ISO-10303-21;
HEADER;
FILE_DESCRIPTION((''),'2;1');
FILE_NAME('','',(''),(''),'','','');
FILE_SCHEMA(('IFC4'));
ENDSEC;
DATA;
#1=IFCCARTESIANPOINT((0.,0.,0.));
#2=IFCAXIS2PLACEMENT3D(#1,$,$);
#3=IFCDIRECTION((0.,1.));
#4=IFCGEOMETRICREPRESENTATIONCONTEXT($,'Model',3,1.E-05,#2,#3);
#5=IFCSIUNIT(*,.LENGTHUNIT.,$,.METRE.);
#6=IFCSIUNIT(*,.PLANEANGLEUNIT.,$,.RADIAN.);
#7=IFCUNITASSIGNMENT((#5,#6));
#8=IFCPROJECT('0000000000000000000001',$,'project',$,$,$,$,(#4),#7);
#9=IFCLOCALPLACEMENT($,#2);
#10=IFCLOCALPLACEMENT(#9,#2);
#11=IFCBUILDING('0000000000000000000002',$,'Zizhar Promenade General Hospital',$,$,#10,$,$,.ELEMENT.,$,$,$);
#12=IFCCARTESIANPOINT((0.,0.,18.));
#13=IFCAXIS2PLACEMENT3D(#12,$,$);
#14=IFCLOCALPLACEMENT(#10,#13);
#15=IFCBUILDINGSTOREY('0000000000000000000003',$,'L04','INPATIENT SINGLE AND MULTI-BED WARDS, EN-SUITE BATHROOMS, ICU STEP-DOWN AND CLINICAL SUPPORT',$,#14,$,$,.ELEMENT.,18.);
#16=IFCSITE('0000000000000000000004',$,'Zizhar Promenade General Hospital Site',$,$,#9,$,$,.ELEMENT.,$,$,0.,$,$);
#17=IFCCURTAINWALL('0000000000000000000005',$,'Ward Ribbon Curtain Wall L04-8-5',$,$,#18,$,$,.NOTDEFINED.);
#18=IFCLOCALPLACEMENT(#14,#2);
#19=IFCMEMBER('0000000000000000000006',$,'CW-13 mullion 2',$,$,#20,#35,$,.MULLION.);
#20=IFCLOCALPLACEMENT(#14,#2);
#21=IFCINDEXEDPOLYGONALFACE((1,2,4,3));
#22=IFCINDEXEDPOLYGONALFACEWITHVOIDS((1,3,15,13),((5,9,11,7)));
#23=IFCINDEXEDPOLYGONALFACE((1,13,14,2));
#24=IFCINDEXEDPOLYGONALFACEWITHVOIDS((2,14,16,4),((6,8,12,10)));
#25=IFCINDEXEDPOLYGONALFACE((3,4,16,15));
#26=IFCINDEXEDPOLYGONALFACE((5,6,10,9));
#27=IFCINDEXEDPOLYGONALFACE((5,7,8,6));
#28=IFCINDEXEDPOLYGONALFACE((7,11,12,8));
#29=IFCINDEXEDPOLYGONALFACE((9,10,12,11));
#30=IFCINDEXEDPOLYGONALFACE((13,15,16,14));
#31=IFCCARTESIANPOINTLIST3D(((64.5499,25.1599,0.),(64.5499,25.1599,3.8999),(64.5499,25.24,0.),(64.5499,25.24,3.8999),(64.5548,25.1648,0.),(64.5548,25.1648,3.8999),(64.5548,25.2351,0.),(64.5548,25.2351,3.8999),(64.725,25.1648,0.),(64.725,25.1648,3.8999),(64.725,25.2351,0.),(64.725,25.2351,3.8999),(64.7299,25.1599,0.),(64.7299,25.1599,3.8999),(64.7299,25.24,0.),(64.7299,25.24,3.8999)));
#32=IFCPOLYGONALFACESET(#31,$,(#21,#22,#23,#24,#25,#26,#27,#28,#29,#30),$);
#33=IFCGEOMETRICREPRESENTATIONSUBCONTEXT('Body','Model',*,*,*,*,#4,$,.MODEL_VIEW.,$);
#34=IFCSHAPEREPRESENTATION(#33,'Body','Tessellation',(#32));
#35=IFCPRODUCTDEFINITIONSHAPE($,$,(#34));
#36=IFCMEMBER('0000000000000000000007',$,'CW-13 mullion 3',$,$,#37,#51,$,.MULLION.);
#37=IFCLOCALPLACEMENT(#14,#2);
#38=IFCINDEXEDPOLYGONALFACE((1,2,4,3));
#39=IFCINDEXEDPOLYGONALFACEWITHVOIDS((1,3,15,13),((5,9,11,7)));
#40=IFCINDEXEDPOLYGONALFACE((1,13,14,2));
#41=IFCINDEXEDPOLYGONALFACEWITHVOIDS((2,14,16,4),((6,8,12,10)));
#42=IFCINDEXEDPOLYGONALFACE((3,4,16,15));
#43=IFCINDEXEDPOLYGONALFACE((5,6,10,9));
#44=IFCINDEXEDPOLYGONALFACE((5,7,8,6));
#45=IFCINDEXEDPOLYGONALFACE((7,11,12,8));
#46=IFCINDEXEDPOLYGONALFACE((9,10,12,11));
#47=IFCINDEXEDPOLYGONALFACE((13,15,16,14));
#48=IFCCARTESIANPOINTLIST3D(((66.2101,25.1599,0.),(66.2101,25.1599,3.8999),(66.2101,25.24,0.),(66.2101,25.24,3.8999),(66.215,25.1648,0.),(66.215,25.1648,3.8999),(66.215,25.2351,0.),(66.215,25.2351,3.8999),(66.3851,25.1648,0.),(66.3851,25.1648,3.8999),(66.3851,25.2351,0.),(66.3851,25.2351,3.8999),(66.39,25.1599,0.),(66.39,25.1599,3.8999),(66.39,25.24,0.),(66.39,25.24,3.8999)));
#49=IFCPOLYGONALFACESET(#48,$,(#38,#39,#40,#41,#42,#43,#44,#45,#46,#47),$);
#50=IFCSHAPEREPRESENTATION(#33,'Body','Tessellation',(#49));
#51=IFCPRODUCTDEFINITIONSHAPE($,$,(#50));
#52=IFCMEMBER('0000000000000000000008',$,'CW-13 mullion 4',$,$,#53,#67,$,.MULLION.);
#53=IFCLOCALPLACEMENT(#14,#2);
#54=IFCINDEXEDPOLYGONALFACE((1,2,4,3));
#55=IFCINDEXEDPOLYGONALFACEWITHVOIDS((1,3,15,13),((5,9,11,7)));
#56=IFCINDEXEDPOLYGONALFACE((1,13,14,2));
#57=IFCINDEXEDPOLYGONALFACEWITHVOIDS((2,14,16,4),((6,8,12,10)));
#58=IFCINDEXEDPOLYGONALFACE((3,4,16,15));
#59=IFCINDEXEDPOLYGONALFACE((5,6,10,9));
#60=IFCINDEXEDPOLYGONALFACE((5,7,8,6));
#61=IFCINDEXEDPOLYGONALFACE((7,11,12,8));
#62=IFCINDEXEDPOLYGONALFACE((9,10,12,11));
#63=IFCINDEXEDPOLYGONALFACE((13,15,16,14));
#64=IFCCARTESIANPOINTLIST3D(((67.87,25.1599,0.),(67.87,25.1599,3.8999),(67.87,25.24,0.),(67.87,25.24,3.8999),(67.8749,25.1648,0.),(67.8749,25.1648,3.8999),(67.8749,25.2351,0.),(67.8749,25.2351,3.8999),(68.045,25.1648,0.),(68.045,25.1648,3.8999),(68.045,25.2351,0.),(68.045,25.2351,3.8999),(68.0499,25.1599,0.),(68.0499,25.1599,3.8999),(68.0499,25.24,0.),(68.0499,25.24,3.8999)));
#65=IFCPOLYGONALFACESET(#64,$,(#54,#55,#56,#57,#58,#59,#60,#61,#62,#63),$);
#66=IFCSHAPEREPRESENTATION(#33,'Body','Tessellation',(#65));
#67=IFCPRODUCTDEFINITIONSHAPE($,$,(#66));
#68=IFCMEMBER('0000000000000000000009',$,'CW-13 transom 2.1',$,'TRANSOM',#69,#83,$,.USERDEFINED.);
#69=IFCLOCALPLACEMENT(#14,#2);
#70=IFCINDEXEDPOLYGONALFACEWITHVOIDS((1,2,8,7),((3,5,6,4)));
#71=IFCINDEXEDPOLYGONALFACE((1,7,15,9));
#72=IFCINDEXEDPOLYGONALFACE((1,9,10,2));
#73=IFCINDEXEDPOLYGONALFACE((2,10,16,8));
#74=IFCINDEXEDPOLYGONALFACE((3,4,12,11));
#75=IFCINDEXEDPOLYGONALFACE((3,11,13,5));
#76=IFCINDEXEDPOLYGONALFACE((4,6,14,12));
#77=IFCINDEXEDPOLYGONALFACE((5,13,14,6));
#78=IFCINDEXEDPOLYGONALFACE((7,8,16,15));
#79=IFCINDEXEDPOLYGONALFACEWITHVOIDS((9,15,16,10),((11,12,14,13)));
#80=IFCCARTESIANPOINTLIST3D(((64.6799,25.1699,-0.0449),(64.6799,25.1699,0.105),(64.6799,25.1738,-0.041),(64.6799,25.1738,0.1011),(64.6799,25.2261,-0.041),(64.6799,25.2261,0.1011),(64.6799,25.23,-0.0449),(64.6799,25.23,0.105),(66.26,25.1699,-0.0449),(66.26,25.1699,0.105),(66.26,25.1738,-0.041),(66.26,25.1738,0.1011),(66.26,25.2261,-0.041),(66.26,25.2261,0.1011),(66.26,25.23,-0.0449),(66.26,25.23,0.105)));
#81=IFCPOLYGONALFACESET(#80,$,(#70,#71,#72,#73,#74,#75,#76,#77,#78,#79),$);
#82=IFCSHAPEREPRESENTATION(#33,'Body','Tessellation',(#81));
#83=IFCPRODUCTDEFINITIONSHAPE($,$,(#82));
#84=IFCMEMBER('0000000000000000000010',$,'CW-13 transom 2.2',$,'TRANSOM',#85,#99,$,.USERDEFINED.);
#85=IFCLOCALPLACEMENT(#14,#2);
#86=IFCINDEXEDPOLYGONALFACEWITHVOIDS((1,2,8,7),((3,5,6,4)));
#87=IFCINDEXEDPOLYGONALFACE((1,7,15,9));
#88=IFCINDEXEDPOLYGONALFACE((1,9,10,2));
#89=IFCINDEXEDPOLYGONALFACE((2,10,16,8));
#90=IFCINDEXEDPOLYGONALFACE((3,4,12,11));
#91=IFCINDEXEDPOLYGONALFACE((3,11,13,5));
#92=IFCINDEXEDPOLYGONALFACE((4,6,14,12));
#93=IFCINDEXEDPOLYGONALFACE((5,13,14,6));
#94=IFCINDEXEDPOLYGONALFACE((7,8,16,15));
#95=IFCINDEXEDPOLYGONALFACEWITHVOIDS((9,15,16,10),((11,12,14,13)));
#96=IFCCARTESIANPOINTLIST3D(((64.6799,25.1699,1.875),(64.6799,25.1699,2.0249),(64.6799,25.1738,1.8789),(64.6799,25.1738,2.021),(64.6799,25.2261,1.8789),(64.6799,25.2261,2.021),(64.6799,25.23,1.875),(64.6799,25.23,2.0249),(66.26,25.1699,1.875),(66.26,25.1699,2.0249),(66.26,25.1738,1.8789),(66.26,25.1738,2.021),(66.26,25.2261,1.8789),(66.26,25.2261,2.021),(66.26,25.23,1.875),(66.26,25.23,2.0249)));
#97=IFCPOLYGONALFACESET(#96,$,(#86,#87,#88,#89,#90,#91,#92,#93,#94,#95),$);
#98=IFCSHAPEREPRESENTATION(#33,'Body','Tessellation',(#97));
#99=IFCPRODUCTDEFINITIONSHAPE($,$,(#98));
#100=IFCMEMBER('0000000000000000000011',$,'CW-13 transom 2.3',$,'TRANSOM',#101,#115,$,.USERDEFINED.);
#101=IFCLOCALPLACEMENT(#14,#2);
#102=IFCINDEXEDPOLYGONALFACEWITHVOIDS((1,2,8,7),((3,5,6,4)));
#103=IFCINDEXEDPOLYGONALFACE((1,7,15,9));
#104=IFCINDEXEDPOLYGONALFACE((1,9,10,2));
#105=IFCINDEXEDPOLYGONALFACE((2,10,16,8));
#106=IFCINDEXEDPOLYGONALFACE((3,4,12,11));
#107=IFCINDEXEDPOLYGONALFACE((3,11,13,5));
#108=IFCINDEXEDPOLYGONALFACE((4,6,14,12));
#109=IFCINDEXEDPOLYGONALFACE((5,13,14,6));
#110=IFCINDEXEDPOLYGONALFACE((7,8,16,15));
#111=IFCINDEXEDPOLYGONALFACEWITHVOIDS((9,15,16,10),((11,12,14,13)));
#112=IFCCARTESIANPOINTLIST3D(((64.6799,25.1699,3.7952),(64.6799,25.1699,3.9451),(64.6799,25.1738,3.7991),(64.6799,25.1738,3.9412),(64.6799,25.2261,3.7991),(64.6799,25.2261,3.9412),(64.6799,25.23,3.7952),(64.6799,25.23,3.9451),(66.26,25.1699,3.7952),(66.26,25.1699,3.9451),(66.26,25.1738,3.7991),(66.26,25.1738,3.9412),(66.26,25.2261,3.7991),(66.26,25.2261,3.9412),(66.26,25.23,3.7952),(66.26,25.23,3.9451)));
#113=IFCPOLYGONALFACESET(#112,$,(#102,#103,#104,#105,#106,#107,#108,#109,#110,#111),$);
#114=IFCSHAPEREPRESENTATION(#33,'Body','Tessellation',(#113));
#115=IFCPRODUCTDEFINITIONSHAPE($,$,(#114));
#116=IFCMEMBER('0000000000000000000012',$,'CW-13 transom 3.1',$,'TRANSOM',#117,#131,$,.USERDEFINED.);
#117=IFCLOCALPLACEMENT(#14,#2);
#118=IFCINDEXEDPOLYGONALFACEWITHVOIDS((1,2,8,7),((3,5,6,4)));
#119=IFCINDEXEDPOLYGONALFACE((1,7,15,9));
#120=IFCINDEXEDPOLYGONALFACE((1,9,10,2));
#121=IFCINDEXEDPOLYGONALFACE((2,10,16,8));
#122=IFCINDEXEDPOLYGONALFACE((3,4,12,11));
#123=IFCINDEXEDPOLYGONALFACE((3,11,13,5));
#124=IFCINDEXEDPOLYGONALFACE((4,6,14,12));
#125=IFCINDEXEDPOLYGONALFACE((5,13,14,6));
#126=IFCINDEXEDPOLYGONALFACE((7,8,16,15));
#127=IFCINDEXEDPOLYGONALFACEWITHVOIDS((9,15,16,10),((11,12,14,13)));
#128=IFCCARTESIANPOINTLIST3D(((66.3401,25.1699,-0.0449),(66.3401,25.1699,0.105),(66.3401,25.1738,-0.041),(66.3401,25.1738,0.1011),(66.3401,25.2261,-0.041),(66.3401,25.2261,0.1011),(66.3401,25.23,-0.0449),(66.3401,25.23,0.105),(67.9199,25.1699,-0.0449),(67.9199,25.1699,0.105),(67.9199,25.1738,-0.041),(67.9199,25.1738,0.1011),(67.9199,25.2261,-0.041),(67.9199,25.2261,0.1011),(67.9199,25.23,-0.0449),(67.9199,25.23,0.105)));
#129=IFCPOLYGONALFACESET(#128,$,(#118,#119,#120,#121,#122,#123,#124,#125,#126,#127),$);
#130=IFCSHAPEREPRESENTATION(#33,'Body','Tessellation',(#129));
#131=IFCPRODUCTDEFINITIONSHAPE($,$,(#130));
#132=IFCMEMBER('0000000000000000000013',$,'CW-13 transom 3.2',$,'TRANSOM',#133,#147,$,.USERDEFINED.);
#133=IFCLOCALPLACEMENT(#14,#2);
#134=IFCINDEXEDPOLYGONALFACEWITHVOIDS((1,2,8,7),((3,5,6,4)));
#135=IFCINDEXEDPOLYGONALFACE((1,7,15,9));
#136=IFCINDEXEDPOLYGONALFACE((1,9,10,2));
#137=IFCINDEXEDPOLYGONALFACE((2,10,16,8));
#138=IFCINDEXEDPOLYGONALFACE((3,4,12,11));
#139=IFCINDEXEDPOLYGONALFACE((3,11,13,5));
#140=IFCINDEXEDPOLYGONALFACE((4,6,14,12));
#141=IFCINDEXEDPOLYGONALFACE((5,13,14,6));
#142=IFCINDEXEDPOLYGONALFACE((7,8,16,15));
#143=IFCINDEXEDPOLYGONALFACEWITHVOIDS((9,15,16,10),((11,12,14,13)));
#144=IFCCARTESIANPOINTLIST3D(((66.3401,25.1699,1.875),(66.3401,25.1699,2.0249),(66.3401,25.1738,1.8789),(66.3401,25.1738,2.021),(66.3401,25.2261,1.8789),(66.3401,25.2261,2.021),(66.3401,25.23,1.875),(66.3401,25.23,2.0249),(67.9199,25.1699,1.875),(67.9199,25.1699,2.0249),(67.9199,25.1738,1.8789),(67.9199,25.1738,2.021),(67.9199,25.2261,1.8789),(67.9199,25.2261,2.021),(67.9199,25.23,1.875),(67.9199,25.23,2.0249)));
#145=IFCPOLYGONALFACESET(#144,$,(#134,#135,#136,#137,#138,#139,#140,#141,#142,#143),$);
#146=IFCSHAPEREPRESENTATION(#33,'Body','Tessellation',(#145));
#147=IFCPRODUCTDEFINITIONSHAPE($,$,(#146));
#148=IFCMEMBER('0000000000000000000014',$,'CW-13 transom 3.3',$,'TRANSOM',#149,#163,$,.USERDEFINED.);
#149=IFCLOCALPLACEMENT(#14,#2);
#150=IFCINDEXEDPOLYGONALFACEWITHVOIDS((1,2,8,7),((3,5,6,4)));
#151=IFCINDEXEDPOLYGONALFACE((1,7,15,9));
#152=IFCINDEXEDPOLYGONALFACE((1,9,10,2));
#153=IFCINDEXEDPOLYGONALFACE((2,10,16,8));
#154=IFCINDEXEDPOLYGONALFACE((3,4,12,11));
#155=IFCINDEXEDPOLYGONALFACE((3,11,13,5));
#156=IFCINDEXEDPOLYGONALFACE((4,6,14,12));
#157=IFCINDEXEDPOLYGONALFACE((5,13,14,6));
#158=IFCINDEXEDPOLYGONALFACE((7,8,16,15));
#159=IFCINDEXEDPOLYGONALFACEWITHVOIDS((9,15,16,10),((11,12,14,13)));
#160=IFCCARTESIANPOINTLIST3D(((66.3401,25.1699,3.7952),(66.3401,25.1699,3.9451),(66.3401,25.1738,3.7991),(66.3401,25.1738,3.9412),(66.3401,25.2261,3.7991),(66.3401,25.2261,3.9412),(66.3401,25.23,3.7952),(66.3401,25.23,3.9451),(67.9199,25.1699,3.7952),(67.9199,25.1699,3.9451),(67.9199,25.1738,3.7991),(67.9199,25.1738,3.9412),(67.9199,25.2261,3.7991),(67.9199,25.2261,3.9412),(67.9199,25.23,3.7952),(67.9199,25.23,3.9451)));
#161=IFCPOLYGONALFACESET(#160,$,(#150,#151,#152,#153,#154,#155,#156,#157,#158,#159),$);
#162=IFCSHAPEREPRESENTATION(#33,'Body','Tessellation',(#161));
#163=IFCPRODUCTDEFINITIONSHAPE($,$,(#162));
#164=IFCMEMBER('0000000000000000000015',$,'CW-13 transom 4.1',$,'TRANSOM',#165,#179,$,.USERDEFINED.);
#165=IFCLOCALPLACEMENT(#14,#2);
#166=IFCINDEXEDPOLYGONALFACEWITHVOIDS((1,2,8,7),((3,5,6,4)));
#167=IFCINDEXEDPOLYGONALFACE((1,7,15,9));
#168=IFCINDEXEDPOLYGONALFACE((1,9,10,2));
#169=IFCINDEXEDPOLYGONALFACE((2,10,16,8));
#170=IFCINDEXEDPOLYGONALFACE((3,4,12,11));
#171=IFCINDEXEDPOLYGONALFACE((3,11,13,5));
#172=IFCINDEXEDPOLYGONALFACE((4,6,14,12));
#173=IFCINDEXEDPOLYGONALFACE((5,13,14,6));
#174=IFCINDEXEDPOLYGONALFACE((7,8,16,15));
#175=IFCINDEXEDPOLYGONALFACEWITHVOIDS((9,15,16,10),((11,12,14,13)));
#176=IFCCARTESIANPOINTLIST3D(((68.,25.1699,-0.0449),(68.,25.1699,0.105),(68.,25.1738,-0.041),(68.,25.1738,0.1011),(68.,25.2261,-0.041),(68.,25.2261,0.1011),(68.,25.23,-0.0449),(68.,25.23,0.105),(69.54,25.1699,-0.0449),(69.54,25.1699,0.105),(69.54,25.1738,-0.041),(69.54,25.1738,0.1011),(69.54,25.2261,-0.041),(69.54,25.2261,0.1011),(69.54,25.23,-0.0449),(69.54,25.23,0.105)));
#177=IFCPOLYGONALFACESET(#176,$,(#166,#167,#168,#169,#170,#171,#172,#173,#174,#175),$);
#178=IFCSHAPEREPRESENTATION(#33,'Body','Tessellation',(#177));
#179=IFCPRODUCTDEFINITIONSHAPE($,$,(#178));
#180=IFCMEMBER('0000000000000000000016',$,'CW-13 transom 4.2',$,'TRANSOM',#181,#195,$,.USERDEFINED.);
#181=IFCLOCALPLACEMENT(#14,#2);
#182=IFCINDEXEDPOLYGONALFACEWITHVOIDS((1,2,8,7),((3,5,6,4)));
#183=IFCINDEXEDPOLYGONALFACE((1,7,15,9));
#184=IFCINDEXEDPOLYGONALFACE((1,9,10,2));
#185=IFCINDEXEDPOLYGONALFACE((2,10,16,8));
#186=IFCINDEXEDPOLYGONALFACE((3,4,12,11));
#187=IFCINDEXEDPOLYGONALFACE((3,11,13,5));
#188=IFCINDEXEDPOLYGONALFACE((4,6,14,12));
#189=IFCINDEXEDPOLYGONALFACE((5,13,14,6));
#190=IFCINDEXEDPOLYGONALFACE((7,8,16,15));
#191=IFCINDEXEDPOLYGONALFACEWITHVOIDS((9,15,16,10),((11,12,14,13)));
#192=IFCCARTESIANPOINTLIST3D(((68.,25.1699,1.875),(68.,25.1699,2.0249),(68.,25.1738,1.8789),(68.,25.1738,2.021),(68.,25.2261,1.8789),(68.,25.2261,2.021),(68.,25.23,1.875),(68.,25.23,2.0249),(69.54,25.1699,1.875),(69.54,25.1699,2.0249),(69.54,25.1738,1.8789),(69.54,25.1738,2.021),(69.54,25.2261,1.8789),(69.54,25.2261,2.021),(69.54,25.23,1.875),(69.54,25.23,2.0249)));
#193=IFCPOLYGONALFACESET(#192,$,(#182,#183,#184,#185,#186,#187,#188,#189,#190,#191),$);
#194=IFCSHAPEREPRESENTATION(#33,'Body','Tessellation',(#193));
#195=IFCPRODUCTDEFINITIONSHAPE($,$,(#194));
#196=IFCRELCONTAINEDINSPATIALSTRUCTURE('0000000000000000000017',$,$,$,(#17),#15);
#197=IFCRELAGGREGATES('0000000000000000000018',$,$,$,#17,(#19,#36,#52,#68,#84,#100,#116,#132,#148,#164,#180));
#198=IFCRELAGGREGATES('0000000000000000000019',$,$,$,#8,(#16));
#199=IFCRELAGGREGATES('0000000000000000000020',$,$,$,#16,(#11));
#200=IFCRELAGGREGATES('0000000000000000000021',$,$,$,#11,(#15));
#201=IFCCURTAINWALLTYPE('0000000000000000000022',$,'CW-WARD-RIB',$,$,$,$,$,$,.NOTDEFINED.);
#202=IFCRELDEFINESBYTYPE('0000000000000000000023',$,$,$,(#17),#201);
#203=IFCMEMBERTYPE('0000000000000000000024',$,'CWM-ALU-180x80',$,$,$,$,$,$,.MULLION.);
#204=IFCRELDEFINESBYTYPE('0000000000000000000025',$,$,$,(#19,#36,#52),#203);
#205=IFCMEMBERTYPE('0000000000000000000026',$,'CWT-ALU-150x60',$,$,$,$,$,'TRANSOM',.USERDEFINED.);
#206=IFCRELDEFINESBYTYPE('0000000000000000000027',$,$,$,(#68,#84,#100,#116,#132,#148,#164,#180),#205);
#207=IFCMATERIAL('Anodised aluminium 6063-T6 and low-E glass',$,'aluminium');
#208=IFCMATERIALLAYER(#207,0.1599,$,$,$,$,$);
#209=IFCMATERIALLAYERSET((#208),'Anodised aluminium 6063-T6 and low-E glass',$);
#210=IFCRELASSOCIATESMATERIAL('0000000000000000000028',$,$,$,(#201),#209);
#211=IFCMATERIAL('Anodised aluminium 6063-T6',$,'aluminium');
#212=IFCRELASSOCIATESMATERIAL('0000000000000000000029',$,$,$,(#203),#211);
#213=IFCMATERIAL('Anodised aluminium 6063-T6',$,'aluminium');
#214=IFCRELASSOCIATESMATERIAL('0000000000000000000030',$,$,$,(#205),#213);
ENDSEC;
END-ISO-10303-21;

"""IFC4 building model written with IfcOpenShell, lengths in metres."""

from ifc_helpers import new_model, si_unit, direction, frame, origin, origin_2d, place, context, subcontext, project, spatial, hollow_rectangle, extrude, material, layer, layer_set, material_profile, profile_set, type_object, element, aggregate, save


model = new_model("IFC4")

# Units and contexts
model_context = context("Model", 3, precision=1e-05, world=origin(), true_north=direction((0.0, 1.0)))
body_context = subcontext(model_context, "Body", "Model", "MODEL_VIEW")
ifc_project = project(units=[si_unit("LENGTHUNIT", "METRE"), si_unit("PLANEANGLEUNIT", "RADIAN")], contexts=[model_context])

# Site, building, storey
site_placement = place(None, origin())
site = spatial("IfcSite", under=ifc_project, at=site_placement, Name="Zizhar Promenade General Hospital Site", CompositionType="ELEMENT", RefElevation=0.0)
building_placement = place(site_placement, origin())
building = spatial("IfcBuilding", under=site, at=building_placement, Name="Zizhar Promenade General Hospital", CompositionType="ELEMENT")
storey_placement = place(building_placement, frame((0.0, 0.0, 18.0)))
storey = spatial("IfcBuildingStorey", under=building, at=storey_placement, Name="L04", Description="INPATIENT SINGLE AND MULTI-BED WARDS, EN-SUITE BATHROOMS, ICU STEP-DOWN AND CLINICAL SUPPORT", CompositionType="ELEMENT", Elevation=18.0)

# Curtain wall, members
ifc_material_1 = material(Name="Anodised aluminium 6063-T6 and low-E glass", Category="aluminium")
ifc_layer_1 = layer(ifc_material_1, 0.1599)
ifc_layer_set_1 = layer_set([ifc_layer_1], Name="Anodised aluminium 6063-T6 and low-E glass")
curtain_wall_type = type_object("IfcCurtainWallType", Name="CW-WARD-RIB", PredefinedType="NOTDEFINED", material=ifc_layer_set_1)
curtain_wall_placement = place(storey_placement, origin())
curtain_wall = element("IfcCurtainWall", 1, at=curtain_wall_placement, inside=storey, type_object=curtain_wall_type, Name="Ward Ribbon Curtain Wall L04-8-5", PredefinedType="NOTDEFINED")
ifc_material_2 = material(Name="Anodised aluminium 6063-T6", Category="aluminium")
ifc_material_profile_1 = material_profile(ifc_material_2, hollow_rectangle(XDim=0.0801, YDim=0.1799, WallThickness=0.0049, at=origin_2d()))
ifc_profile_set_1 = profile_set([ifc_material_profile_1], Name="Anodised aluminium 6063-T6")
member_type_1 = type_object("IfcMemberType", Name="CWM-ALU-180x80", PredefinedType="MULLION", material=ifc_profile_set_1)
member_1_placement = place(storey_placement, frame((64.6399, 25.2, 0.0), z_axis=(0.0, 0.0, 1.0), x_axis=(0.0, 1.0, 0.0)))
member_1 = element("IfcMember", 2, at=member_1_placement, type_object=member_type_1, Name="CW-13 mullion 2", PredefinedType="MULLION", context=body_context, shape_type="SweptSolid", body=[
    extrude(hollow_rectangle(XDim=0.0801, YDim=0.1799, WallThickness=0.0049, at=origin_2d()), origin(), (0.0, 0.0, 1.0), 3.8999),
])
member_2_placement = place(storey_placement, frame((66.3, 25.2, 0.0), z_axis=(0.0, 0.0, 1.0), x_axis=(0.0, 1.0, 0.0)))
member_2 = element("IfcMember", 3, at=member_2_placement, type_object=member_type_1, Name="CW-13 mullion 3", PredefinedType="MULLION", context=body_context, shape_type="SweptSolid", body=[
    extrude(hollow_rectangle(XDim=0.0801, YDim=0.1799, WallThickness=0.0049, at=origin_2d()), origin(), (0.0, 0.0, 1.0), 3.8999),
])
member_3_placement = place(storey_placement, frame((67.96, 25.2, 0.0), z_axis=(0.0, 0.0, 1.0), x_axis=(0.0, 1.0, 0.0)))
member_3 = element("IfcMember", 4, at=member_3_placement, type_object=member_type_1, Name="CW-13 mullion 4", PredefinedType="MULLION", context=body_context, shape_type="SweptSolid", body=[
    extrude(hollow_rectangle(XDim=0.0801, YDim=0.1799, WallThickness=0.0049, at=origin_2d()), origin(), (0.0, 0.0, 1.0), 3.8999),
])
ifc_material_3 = material(Name="Anodised aluminium 6063-T6", Category="aluminium")
ifc_material_profile_2 = material_profile(ifc_material_3, hollow_rectangle(XDim=0.0601, YDim=0.1499, WallThickness=0.0039, at=origin_2d()))
ifc_profile_set_2 = profile_set([ifc_material_profile_2], Name="Anodised aluminium 6063-T6")
member_type_2 = type_object("IfcMemberType", Name="CWT-ALU-150x60", ElementType="TRANSOM", PredefinedType="USERDEFINED", material=ifc_profile_set_2)
member_4_placement = place(storey_placement, frame((64.6799, 25.2, 0.03), z_axis=(1.0, 0.0, 0.0), x_axis=(0.0, 1.0, 0.0)))
member_4 = element("IfcMember", 5, at=member_4_placement, type_object=member_type_2, Name="CW-13 transom 2.1", ObjectType="TRANSOM", PredefinedType="USERDEFINED", context=body_context, shape_type="SweptSolid", body=[
    extrude(hollow_rectangle(XDim=0.0601, YDim=0.1499, WallThickness=0.0039, at=origin_2d()), origin(), (0.0, 0.0, 1.0), 1.5801),
])
member_5_placement = place(storey_placement, frame((64.6799, 25.2, 1.95), z_axis=(1.0, 0.0, 0.0), x_axis=(0.0, 1.0, 0.0)))
member_5 = element("IfcMember", 6, at=member_5_placement, type_object=member_type_2, Name="CW-13 transom 2.2", ObjectType="TRANSOM", PredefinedType="USERDEFINED", context=body_context, shape_type="SweptSolid", body=[
    extrude(hollow_rectangle(XDim=0.0601, YDim=0.1499, WallThickness=0.0039, at=origin_2d()), origin(), (0.0, 0.0, 1.0), 1.5801),
])
member_6_placement = place(storey_placement, frame((64.6799, 25.2, 3.8701), z_axis=(1.0, 0.0, 0.0), x_axis=(0.0, 1.0, 0.0)))
member_6 = element("IfcMember", 7, at=member_6_placement, type_object=member_type_2, Name="CW-13 transom 2.3", ObjectType="TRANSOM", PredefinedType="USERDEFINED", context=body_context, shape_type="SweptSolid", body=[
    extrude(hollow_rectangle(XDim=0.0601, YDim=0.1499, WallThickness=0.0039, at=origin_2d()), origin(), (0.0, 0.0, 1.0), 1.5801),
])
member_7_placement = place(storey_placement, frame((66.3401, 25.2, 0.03), z_axis=(1.0, 0.0, 0.0), x_axis=(0.0, 1.0, 0.0)))
member_7 = element("IfcMember", 8, at=member_7_placement, type_object=member_type_2, Name="CW-13 transom 3.1", ObjectType="TRANSOM", PredefinedType="USERDEFINED", context=body_context, shape_type="SweptSolid", body=[
    extrude(hollow_rectangle(XDim=0.0601, YDim=0.1499, WallThickness=0.0039, at=origin_2d()), origin(), (0.0, 0.0, 1.0), 1.5798),
])
member_8_placement = place(storey_placement, frame((66.3401, 25.2, 1.95), z_axis=(1.0, 0.0, 0.0), x_axis=(0.0, 1.0, 0.0)))
member_8 = element("IfcMember", 9, at=member_8_placement, type_object=member_type_2, Name="CW-13 transom 3.2", ObjectType="TRANSOM", PredefinedType="USERDEFINED", context=body_context, shape_type="SweptSolid", body=[
    extrude(hollow_rectangle(XDim=0.0601, YDim=0.1499, WallThickness=0.0039, at=origin_2d()), origin(), (0.0, 0.0, 1.0), 1.5798),
])
member_9_placement = place(storey_placement, frame((66.3401, 25.2, 3.8701), z_axis=(1.0, 0.0, 0.0), x_axis=(0.0, 1.0, 0.0)))
member_9 = element("IfcMember", 10, at=member_9_placement, type_object=member_type_2, Name="CW-13 transom 3.3", ObjectType="TRANSOM", PredefinedType="USERDEFINED", context=body_context, shape_type="SweptSolid", body=[
    extrude(hollow_rectangle(XDim=0.0601, YDim=0.1499, WallThickness=0.0039, at=origin_2d()), origin(), (0.0, 0.0, 1.0), 1.5798),
])
member_10_placement = place(storey_placement, frame((68.0, 25.2, 0.03), z_axis=(1.0, 0.0, 0.0), x_axis=(0.0, 1.0, 0.0)))
member_10 = element("IfcMember", 11, at=member_10_placement, type_object=member_type_2, Name="CW-13 transom 4.1", ObjectType="TRANSOM", PredefinedType="USERDEFINED", context=body_context, shape_type="SweptSolid", body=[
    extrude(hollow_rectangle(XDim=0.0601, YDim=0.1499, WallThickness=0.0039, at=origin_2d()), origin(), (0.0, 0.0, 1.0), 1.54),
])
member_11_placement = place(storey_placement, frame((68.0, 25.2, 1.95), z_axis=(1.0, 0.0, 0.0), x_axis=(0.0, 1.0, 0.0)))
member_11 = element("IfcMember", 12, at=member_11_placement, type_object=member_type_2, Name="CW-13 transom 4.2", ObjectType="TRANSOM", PredefinedType="USERDEFINED", context=body_context, shape_type="SweptSolid", body=[
    extrude(hollow_rectangle(XDim=0.0601, YDim=0.1499, WallThickness=0.0039, at=origin_2d()), origin(), (0.0, 0.0, 1.0), 1.54),
])
aggregate(curtain_wall, [member_1, member_2, member_3, member_4, member_5, member_6, member_7, member_8, member_9, member_10, member_11])

save(model, "model.ifc")
